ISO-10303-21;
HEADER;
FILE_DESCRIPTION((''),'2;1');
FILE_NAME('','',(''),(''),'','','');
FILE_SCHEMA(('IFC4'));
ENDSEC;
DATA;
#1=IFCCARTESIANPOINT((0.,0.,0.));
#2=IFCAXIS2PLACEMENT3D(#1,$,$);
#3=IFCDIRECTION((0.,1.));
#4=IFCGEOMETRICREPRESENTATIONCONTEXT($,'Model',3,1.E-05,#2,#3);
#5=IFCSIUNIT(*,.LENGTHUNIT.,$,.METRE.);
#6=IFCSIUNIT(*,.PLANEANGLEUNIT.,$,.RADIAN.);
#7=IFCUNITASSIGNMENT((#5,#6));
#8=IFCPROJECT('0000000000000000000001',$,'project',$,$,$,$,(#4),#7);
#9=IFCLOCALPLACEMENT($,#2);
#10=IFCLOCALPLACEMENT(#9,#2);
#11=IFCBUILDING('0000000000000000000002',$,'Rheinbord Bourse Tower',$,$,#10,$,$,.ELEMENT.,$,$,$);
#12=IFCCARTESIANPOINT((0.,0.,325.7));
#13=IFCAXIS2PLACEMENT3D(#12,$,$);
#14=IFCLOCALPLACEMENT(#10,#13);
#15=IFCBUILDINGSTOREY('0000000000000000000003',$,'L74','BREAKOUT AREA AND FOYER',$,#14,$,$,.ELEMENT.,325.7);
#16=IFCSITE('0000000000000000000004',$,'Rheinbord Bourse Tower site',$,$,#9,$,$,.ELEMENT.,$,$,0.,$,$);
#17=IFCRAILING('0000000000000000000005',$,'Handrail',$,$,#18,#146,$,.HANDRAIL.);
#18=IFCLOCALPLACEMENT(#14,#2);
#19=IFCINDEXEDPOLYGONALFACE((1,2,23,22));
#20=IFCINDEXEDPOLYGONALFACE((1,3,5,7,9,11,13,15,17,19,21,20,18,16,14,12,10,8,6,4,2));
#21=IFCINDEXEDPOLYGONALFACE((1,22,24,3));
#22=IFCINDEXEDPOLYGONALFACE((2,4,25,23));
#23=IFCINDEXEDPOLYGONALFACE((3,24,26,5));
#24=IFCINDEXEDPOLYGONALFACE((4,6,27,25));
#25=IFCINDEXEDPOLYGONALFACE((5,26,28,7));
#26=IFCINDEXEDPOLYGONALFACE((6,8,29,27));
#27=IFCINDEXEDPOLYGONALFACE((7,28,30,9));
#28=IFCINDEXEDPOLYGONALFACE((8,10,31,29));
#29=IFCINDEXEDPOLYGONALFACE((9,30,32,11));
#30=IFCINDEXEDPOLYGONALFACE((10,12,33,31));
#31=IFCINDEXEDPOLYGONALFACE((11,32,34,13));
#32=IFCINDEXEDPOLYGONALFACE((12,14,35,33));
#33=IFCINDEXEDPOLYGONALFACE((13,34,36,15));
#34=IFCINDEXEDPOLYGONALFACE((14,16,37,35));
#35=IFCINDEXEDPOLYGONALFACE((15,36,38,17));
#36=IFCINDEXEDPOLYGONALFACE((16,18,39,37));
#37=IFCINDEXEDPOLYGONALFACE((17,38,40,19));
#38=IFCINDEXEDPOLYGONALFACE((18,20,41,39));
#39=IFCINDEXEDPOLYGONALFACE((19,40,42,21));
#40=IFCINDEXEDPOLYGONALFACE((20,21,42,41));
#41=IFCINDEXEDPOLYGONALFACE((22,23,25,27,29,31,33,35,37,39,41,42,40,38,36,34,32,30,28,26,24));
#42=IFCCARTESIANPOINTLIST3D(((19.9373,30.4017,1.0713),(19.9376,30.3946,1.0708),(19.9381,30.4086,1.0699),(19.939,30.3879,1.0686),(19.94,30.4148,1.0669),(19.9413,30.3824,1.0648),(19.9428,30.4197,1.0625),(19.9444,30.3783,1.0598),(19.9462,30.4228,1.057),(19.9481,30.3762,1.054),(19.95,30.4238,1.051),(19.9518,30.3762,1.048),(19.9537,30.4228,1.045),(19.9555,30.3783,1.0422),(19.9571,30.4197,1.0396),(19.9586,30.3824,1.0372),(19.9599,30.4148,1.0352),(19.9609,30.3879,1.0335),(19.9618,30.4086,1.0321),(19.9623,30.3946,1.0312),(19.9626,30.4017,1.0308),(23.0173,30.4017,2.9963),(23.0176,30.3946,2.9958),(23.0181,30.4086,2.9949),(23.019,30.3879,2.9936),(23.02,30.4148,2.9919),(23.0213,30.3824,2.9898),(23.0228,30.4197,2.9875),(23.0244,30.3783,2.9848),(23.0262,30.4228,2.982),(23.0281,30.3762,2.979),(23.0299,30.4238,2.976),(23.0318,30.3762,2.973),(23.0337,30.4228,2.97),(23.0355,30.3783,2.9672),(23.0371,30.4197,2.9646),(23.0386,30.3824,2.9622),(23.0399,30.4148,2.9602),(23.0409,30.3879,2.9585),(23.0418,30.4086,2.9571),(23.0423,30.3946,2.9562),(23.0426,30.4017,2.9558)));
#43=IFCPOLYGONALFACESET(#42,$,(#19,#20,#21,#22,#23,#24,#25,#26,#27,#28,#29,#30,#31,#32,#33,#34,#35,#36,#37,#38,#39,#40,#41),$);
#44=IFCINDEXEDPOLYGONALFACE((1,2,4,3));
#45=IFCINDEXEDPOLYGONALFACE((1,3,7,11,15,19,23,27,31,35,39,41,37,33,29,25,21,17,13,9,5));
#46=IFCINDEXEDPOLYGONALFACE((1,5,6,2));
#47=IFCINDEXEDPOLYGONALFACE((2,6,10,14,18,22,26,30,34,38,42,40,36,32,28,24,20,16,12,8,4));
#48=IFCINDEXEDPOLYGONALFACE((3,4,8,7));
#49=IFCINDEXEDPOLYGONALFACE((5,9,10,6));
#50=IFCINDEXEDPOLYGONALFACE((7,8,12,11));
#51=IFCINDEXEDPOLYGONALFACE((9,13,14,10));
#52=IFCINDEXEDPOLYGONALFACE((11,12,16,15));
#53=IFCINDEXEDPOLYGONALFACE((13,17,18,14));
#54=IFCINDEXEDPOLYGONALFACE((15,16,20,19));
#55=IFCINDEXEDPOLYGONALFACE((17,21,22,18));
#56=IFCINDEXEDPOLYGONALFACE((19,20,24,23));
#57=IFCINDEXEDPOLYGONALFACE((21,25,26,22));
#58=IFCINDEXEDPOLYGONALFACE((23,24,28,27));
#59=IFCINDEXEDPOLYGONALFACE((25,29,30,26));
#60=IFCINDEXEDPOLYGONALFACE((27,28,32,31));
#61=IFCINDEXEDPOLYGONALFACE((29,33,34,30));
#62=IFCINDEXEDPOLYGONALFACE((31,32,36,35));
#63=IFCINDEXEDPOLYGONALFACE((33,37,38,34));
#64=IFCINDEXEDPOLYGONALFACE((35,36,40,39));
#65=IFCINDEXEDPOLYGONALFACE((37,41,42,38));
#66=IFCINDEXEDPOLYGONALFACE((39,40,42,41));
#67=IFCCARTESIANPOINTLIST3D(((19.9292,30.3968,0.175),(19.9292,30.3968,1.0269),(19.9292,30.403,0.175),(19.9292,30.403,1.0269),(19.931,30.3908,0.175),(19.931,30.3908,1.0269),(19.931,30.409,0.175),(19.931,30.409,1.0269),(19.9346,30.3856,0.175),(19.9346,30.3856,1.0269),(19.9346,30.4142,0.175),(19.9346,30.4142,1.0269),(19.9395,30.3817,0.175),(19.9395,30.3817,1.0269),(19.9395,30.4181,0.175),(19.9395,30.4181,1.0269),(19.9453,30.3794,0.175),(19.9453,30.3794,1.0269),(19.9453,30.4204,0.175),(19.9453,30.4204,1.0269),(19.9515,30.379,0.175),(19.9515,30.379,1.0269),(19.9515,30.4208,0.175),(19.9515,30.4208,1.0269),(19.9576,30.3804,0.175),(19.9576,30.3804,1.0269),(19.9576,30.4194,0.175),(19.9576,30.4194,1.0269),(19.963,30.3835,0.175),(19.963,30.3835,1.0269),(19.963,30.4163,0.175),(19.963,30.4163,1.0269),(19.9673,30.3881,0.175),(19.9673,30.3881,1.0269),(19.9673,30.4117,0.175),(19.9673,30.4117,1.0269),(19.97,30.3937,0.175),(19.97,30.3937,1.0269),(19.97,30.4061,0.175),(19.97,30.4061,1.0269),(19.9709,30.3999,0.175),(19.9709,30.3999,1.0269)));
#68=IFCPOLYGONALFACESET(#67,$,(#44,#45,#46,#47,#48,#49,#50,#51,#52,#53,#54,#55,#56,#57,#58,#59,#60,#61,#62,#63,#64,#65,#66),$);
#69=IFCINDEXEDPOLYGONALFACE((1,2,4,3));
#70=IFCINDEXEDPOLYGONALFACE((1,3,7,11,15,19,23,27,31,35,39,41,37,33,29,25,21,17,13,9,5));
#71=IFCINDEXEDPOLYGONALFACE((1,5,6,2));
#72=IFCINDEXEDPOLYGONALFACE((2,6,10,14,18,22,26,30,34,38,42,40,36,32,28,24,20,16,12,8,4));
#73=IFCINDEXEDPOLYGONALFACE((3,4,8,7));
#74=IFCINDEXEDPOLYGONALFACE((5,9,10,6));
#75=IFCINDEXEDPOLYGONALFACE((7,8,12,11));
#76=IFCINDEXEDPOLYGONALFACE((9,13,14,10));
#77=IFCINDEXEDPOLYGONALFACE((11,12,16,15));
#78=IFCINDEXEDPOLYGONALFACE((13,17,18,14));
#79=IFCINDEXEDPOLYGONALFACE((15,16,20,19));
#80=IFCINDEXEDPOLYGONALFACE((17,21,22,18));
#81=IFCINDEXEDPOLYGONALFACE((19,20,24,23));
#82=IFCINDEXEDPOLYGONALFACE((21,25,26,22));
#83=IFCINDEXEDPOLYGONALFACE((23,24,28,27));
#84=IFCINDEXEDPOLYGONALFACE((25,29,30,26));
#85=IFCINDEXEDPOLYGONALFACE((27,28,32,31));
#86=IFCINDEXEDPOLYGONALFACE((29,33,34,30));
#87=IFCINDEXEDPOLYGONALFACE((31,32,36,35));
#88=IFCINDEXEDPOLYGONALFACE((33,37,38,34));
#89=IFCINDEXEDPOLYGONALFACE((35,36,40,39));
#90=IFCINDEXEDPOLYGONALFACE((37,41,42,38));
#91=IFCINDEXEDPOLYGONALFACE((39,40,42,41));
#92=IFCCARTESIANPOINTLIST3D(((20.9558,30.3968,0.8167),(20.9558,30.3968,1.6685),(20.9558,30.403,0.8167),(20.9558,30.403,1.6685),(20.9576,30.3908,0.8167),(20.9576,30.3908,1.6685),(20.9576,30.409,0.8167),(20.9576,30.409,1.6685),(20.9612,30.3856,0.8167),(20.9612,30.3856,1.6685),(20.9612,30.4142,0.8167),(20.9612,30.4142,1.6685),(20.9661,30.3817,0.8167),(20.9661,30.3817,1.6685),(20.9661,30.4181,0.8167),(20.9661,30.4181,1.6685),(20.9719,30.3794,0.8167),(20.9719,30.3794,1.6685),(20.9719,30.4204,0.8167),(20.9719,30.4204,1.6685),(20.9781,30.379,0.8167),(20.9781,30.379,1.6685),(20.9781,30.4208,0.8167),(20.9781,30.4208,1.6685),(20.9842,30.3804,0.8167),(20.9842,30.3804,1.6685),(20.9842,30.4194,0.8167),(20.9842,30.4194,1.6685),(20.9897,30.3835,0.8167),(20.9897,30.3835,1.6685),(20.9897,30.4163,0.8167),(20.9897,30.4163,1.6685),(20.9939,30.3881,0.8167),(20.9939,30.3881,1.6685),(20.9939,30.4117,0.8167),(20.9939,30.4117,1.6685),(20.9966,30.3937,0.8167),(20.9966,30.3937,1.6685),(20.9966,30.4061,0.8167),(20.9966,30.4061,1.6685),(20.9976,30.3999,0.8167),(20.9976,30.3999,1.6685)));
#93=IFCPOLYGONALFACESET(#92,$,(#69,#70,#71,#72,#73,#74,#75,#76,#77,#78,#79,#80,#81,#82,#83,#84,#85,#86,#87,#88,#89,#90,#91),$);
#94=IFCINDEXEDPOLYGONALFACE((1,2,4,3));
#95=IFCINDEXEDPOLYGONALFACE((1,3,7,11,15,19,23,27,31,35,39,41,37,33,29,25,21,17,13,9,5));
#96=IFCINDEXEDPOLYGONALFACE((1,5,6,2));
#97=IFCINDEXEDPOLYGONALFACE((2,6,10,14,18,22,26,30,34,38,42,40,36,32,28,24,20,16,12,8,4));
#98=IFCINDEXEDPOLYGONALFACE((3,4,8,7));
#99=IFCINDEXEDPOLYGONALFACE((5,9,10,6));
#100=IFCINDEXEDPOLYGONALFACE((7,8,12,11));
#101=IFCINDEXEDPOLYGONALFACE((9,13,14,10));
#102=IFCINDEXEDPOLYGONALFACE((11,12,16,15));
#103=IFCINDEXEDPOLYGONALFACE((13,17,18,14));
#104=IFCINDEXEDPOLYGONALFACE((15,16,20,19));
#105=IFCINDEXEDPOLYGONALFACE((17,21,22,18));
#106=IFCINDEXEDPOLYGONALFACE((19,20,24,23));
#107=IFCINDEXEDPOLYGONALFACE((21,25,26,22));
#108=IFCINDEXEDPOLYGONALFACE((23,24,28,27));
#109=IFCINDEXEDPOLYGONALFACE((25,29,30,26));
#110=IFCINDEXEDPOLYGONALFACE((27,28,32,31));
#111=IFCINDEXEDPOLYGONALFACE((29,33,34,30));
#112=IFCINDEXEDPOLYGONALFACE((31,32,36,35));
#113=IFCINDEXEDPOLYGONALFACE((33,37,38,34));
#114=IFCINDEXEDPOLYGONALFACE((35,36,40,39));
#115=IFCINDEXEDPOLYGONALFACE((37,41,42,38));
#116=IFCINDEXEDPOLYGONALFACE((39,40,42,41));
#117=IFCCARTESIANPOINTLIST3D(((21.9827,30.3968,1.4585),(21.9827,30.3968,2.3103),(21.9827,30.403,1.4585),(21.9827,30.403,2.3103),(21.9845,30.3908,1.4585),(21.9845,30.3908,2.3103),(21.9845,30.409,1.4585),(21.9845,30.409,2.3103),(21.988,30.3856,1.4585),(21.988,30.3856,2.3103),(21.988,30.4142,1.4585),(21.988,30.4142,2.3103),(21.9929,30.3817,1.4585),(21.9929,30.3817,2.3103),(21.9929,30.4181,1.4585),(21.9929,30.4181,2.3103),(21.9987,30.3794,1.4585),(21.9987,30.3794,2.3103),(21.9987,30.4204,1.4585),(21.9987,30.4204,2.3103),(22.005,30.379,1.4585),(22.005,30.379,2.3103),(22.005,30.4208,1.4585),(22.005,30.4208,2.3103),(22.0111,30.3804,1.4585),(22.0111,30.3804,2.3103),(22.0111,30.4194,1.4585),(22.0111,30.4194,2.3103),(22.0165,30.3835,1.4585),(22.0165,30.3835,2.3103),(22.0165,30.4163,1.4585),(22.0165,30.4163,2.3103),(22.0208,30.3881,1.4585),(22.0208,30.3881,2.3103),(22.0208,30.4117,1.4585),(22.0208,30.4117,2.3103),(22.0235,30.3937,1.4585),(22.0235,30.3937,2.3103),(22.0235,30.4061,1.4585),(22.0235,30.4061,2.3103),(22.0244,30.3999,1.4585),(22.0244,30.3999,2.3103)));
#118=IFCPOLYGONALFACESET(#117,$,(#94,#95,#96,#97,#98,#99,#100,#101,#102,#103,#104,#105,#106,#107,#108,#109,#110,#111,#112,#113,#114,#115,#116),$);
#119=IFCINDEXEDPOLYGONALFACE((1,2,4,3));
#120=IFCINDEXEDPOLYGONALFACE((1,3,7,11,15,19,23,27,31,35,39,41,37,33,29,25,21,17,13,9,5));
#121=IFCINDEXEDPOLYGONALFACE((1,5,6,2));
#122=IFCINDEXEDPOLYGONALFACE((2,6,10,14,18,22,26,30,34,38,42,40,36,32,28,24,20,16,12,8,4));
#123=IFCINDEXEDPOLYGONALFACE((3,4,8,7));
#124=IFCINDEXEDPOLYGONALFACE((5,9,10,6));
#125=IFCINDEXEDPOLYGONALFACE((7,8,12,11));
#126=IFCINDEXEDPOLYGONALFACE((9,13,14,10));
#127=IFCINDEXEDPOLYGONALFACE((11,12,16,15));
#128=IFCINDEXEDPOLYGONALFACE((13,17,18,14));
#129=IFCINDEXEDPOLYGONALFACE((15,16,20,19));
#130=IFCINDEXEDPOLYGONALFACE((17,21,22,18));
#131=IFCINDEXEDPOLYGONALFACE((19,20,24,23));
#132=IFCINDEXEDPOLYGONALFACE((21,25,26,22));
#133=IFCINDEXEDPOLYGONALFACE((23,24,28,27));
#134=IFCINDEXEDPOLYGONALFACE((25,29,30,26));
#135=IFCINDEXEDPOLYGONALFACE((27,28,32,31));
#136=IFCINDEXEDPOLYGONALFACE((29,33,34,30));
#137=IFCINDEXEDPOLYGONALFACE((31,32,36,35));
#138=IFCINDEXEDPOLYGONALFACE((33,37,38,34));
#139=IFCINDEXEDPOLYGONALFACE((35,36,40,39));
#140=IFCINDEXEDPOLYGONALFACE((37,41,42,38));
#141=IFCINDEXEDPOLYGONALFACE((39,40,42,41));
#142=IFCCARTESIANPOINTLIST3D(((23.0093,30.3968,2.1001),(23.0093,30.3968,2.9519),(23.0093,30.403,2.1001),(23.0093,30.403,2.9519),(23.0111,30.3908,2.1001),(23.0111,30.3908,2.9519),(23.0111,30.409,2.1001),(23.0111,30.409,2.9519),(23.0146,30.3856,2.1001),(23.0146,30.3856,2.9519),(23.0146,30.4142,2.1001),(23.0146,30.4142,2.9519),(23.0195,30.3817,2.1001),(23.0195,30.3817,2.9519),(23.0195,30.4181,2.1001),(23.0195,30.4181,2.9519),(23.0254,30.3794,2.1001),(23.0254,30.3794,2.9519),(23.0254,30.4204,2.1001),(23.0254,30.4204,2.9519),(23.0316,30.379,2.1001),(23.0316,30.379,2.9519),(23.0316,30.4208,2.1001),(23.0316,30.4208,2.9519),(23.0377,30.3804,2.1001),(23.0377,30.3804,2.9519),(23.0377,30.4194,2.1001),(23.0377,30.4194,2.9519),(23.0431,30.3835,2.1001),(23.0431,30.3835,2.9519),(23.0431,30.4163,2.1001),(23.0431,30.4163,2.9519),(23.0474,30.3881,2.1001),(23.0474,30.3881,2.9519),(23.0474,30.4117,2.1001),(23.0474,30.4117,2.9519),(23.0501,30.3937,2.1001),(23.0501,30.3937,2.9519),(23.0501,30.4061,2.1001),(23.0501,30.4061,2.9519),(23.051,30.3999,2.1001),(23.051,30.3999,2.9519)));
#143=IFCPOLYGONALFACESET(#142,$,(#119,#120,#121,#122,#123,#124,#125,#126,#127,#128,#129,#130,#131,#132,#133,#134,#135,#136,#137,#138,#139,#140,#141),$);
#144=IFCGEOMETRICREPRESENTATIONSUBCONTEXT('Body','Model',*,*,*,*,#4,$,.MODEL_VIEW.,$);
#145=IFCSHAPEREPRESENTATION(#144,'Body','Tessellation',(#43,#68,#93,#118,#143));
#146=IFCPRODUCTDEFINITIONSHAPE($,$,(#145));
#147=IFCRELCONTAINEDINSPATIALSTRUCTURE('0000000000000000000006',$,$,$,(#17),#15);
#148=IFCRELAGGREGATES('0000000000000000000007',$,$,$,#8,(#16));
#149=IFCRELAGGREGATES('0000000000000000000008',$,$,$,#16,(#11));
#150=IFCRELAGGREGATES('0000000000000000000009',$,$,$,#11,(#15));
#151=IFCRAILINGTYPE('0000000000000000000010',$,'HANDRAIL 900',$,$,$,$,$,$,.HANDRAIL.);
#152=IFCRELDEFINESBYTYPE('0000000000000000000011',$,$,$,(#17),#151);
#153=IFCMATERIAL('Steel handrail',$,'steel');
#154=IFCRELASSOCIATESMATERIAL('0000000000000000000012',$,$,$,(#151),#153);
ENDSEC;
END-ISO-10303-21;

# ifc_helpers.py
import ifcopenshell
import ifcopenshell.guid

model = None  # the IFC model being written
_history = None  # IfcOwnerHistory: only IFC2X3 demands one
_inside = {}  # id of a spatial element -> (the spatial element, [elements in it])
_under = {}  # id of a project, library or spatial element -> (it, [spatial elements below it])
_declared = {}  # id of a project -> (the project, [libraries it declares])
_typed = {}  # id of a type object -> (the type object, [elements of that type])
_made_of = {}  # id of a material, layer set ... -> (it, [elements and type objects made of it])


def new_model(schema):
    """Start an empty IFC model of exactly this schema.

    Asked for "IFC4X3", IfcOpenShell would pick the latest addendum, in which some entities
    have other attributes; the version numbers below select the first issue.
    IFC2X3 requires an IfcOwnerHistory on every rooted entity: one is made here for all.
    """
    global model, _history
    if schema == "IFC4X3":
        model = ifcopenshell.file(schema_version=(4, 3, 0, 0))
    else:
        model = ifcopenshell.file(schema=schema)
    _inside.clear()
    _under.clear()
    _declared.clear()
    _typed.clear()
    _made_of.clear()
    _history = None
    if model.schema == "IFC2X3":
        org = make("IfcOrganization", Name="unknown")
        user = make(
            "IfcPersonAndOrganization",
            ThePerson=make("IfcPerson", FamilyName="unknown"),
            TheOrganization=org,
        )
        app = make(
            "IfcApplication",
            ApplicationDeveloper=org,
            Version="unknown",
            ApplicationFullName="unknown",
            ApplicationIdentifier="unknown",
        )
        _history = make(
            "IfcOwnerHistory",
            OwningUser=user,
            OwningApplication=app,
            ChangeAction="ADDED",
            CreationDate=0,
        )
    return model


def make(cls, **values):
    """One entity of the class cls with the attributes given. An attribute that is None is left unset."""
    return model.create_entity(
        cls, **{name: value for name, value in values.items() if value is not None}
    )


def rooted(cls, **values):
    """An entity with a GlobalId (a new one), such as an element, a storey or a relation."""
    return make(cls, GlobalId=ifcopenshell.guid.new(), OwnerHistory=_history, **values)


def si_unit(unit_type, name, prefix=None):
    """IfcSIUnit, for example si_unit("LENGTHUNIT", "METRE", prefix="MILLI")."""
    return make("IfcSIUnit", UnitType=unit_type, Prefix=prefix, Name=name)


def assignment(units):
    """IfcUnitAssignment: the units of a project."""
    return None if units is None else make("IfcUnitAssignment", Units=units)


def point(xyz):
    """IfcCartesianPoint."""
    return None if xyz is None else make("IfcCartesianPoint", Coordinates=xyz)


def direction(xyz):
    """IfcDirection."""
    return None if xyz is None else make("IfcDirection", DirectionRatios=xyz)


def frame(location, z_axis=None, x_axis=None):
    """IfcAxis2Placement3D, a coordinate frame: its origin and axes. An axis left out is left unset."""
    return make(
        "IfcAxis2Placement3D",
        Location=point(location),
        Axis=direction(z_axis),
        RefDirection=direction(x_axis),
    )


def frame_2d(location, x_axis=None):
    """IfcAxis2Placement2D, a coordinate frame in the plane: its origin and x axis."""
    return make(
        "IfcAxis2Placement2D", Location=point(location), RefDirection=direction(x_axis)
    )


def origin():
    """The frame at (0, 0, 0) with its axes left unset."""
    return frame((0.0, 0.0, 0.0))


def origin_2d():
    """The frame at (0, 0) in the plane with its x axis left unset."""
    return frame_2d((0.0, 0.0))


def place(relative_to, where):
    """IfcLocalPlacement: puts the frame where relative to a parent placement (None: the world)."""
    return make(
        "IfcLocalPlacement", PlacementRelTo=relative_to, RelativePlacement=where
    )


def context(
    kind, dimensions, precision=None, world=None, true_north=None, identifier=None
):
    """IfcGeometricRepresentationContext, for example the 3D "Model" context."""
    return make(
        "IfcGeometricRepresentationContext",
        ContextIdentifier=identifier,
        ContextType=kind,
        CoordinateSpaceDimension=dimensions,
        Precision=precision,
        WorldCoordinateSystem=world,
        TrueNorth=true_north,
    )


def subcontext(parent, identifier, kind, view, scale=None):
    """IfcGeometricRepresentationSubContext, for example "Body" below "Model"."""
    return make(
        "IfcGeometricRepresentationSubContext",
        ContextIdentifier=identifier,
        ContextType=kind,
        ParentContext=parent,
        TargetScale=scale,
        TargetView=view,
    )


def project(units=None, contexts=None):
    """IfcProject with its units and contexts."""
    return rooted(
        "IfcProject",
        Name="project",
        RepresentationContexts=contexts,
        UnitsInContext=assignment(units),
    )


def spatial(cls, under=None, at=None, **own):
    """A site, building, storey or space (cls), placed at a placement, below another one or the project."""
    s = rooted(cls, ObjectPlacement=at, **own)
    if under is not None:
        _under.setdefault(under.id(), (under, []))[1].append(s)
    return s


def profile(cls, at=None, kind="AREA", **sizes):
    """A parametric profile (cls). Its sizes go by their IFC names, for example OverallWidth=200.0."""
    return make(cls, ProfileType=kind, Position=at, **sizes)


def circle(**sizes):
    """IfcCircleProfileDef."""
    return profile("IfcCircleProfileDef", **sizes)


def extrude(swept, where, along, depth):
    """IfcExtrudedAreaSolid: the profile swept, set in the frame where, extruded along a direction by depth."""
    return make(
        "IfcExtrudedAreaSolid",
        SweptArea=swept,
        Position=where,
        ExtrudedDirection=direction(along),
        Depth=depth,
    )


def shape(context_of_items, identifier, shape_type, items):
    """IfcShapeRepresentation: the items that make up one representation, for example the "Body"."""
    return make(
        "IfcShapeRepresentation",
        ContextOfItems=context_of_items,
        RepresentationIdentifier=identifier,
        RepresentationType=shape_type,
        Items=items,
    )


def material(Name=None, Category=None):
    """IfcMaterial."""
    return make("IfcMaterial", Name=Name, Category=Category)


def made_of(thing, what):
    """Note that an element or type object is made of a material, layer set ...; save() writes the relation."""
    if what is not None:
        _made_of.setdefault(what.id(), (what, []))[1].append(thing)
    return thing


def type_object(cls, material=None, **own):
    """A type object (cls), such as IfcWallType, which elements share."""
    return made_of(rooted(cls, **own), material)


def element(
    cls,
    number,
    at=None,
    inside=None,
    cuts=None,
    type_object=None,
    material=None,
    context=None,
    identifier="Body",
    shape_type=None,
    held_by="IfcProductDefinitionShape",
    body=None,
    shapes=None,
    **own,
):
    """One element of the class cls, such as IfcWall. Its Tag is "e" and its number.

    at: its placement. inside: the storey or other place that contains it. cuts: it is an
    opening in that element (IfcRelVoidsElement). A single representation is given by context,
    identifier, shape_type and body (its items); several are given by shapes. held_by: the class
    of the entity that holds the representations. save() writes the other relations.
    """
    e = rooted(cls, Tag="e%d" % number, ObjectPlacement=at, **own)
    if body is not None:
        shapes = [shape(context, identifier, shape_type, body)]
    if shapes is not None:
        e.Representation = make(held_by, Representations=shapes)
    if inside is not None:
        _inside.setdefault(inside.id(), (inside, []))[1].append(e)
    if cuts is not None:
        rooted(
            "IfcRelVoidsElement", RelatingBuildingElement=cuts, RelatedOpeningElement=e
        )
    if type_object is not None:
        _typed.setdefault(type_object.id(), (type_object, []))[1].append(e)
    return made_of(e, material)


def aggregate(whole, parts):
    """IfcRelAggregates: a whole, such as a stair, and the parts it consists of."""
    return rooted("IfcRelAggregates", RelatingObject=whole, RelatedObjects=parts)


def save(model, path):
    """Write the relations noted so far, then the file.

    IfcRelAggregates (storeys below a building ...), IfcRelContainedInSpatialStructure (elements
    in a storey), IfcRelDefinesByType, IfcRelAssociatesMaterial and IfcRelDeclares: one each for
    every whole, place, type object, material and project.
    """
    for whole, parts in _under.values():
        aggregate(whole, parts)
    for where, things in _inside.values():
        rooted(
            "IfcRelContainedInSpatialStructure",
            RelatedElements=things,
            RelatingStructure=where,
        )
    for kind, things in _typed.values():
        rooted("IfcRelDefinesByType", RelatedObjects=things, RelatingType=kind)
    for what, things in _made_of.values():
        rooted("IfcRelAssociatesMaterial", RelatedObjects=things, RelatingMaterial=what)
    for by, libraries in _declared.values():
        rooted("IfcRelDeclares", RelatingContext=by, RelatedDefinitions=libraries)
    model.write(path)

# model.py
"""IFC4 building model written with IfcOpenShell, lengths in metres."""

from ifc_helpers import new_model, si_unit, direction, frame, origin, origin_2d, place, context, subcontext, project, spatial, circle, extrude, material, type_object, element, save


model = new_model("IFC4")

# Units and contexts
model_context = context("Model", 3, precision=1e-05, world=origin(), true_north=direction((0.0, 1.0)))
body_context = subcontext(model_context, "Body", "Model", "MODEL_VIEW")
ifc_project = project(units=[si_unit("LENGTHUNIT", "METRE"), si_unit("PLANEANGLEUNIT", "RADIAN")], contexts=[model_context])

# Site, building, storey
site_placement = place(None, origin())
site = spatial("IfcSite", under=ifc_project, at=site_placement, Name="Rheinbord Bourse Tower site", CompositionType="ELEMENT", RefElevation=0.0)
building_placement = place(site_placement, origin())
building = spatial("IfcBuilding", under=site, at=building_placement, Name="Rheinbord Bourse Tower", CompositionType="ELEMENT")
storey_placement = place(building_placement, frame((0.0, 0.0, 325.7)))
storey = spatial("IfcBuildingStorey", under=building, at=storey_placement, Name="L74", Description="BREAKOUT AREA AND FOYER", CompositionType="ELEMENT", Elevation=325.7)

# Railing
ifc_material_1 = material(Name="Steel handrail", Category="steel")
railing_type = type_object("IfcRailingType", Name="HANDRAIL 900", PredefinedType="HANDRAIL", material=ifc_material_1)
railing_1_placement = place(storey_placement, frame((19.95, 30.3999, 0.175)))
element("IfcRailing", 1, at=railing_1_placement, inside=storey, type_object=railing_type, Name="Handrail", PredefinedType="HANDRAIL", context=body_context, shape_type="SweptSolid", body=[
    extrude(circle(Radius=0.0239, at=origin_2d()), frame((0.0, 0.0, 0.876), z_axis=(0.847998, 0.0, 0.529999), x_axis=(0.0, 1.0, 0.0)), (0.0, 0.0, 1.0), 3.6321),
    extrude(circle(Radius=0.021, at=origin_2d()), origin(), (0.0, 0.0, 1.0), 0.8518),
    extrude(circle(Radius=0.021, at=origin_2d()), frame((1.0266, 0.0, 0.6416)), (0.0, 0.0, 1.0), 0.8518),
    extrude(circle(Radius=0.021, at=origin_2d()), frame((2.0535, 0.0, 1.2834)), (0.0, 0.0, 1.0), 0.8518),
    extrude(circle(Radius=0.021, at=origin_2d()), frame((3.0801, 0.0, 1.925)), (0.0, 0.0, 1.0), 0.8518),
])

save(model, "model.ifc")
